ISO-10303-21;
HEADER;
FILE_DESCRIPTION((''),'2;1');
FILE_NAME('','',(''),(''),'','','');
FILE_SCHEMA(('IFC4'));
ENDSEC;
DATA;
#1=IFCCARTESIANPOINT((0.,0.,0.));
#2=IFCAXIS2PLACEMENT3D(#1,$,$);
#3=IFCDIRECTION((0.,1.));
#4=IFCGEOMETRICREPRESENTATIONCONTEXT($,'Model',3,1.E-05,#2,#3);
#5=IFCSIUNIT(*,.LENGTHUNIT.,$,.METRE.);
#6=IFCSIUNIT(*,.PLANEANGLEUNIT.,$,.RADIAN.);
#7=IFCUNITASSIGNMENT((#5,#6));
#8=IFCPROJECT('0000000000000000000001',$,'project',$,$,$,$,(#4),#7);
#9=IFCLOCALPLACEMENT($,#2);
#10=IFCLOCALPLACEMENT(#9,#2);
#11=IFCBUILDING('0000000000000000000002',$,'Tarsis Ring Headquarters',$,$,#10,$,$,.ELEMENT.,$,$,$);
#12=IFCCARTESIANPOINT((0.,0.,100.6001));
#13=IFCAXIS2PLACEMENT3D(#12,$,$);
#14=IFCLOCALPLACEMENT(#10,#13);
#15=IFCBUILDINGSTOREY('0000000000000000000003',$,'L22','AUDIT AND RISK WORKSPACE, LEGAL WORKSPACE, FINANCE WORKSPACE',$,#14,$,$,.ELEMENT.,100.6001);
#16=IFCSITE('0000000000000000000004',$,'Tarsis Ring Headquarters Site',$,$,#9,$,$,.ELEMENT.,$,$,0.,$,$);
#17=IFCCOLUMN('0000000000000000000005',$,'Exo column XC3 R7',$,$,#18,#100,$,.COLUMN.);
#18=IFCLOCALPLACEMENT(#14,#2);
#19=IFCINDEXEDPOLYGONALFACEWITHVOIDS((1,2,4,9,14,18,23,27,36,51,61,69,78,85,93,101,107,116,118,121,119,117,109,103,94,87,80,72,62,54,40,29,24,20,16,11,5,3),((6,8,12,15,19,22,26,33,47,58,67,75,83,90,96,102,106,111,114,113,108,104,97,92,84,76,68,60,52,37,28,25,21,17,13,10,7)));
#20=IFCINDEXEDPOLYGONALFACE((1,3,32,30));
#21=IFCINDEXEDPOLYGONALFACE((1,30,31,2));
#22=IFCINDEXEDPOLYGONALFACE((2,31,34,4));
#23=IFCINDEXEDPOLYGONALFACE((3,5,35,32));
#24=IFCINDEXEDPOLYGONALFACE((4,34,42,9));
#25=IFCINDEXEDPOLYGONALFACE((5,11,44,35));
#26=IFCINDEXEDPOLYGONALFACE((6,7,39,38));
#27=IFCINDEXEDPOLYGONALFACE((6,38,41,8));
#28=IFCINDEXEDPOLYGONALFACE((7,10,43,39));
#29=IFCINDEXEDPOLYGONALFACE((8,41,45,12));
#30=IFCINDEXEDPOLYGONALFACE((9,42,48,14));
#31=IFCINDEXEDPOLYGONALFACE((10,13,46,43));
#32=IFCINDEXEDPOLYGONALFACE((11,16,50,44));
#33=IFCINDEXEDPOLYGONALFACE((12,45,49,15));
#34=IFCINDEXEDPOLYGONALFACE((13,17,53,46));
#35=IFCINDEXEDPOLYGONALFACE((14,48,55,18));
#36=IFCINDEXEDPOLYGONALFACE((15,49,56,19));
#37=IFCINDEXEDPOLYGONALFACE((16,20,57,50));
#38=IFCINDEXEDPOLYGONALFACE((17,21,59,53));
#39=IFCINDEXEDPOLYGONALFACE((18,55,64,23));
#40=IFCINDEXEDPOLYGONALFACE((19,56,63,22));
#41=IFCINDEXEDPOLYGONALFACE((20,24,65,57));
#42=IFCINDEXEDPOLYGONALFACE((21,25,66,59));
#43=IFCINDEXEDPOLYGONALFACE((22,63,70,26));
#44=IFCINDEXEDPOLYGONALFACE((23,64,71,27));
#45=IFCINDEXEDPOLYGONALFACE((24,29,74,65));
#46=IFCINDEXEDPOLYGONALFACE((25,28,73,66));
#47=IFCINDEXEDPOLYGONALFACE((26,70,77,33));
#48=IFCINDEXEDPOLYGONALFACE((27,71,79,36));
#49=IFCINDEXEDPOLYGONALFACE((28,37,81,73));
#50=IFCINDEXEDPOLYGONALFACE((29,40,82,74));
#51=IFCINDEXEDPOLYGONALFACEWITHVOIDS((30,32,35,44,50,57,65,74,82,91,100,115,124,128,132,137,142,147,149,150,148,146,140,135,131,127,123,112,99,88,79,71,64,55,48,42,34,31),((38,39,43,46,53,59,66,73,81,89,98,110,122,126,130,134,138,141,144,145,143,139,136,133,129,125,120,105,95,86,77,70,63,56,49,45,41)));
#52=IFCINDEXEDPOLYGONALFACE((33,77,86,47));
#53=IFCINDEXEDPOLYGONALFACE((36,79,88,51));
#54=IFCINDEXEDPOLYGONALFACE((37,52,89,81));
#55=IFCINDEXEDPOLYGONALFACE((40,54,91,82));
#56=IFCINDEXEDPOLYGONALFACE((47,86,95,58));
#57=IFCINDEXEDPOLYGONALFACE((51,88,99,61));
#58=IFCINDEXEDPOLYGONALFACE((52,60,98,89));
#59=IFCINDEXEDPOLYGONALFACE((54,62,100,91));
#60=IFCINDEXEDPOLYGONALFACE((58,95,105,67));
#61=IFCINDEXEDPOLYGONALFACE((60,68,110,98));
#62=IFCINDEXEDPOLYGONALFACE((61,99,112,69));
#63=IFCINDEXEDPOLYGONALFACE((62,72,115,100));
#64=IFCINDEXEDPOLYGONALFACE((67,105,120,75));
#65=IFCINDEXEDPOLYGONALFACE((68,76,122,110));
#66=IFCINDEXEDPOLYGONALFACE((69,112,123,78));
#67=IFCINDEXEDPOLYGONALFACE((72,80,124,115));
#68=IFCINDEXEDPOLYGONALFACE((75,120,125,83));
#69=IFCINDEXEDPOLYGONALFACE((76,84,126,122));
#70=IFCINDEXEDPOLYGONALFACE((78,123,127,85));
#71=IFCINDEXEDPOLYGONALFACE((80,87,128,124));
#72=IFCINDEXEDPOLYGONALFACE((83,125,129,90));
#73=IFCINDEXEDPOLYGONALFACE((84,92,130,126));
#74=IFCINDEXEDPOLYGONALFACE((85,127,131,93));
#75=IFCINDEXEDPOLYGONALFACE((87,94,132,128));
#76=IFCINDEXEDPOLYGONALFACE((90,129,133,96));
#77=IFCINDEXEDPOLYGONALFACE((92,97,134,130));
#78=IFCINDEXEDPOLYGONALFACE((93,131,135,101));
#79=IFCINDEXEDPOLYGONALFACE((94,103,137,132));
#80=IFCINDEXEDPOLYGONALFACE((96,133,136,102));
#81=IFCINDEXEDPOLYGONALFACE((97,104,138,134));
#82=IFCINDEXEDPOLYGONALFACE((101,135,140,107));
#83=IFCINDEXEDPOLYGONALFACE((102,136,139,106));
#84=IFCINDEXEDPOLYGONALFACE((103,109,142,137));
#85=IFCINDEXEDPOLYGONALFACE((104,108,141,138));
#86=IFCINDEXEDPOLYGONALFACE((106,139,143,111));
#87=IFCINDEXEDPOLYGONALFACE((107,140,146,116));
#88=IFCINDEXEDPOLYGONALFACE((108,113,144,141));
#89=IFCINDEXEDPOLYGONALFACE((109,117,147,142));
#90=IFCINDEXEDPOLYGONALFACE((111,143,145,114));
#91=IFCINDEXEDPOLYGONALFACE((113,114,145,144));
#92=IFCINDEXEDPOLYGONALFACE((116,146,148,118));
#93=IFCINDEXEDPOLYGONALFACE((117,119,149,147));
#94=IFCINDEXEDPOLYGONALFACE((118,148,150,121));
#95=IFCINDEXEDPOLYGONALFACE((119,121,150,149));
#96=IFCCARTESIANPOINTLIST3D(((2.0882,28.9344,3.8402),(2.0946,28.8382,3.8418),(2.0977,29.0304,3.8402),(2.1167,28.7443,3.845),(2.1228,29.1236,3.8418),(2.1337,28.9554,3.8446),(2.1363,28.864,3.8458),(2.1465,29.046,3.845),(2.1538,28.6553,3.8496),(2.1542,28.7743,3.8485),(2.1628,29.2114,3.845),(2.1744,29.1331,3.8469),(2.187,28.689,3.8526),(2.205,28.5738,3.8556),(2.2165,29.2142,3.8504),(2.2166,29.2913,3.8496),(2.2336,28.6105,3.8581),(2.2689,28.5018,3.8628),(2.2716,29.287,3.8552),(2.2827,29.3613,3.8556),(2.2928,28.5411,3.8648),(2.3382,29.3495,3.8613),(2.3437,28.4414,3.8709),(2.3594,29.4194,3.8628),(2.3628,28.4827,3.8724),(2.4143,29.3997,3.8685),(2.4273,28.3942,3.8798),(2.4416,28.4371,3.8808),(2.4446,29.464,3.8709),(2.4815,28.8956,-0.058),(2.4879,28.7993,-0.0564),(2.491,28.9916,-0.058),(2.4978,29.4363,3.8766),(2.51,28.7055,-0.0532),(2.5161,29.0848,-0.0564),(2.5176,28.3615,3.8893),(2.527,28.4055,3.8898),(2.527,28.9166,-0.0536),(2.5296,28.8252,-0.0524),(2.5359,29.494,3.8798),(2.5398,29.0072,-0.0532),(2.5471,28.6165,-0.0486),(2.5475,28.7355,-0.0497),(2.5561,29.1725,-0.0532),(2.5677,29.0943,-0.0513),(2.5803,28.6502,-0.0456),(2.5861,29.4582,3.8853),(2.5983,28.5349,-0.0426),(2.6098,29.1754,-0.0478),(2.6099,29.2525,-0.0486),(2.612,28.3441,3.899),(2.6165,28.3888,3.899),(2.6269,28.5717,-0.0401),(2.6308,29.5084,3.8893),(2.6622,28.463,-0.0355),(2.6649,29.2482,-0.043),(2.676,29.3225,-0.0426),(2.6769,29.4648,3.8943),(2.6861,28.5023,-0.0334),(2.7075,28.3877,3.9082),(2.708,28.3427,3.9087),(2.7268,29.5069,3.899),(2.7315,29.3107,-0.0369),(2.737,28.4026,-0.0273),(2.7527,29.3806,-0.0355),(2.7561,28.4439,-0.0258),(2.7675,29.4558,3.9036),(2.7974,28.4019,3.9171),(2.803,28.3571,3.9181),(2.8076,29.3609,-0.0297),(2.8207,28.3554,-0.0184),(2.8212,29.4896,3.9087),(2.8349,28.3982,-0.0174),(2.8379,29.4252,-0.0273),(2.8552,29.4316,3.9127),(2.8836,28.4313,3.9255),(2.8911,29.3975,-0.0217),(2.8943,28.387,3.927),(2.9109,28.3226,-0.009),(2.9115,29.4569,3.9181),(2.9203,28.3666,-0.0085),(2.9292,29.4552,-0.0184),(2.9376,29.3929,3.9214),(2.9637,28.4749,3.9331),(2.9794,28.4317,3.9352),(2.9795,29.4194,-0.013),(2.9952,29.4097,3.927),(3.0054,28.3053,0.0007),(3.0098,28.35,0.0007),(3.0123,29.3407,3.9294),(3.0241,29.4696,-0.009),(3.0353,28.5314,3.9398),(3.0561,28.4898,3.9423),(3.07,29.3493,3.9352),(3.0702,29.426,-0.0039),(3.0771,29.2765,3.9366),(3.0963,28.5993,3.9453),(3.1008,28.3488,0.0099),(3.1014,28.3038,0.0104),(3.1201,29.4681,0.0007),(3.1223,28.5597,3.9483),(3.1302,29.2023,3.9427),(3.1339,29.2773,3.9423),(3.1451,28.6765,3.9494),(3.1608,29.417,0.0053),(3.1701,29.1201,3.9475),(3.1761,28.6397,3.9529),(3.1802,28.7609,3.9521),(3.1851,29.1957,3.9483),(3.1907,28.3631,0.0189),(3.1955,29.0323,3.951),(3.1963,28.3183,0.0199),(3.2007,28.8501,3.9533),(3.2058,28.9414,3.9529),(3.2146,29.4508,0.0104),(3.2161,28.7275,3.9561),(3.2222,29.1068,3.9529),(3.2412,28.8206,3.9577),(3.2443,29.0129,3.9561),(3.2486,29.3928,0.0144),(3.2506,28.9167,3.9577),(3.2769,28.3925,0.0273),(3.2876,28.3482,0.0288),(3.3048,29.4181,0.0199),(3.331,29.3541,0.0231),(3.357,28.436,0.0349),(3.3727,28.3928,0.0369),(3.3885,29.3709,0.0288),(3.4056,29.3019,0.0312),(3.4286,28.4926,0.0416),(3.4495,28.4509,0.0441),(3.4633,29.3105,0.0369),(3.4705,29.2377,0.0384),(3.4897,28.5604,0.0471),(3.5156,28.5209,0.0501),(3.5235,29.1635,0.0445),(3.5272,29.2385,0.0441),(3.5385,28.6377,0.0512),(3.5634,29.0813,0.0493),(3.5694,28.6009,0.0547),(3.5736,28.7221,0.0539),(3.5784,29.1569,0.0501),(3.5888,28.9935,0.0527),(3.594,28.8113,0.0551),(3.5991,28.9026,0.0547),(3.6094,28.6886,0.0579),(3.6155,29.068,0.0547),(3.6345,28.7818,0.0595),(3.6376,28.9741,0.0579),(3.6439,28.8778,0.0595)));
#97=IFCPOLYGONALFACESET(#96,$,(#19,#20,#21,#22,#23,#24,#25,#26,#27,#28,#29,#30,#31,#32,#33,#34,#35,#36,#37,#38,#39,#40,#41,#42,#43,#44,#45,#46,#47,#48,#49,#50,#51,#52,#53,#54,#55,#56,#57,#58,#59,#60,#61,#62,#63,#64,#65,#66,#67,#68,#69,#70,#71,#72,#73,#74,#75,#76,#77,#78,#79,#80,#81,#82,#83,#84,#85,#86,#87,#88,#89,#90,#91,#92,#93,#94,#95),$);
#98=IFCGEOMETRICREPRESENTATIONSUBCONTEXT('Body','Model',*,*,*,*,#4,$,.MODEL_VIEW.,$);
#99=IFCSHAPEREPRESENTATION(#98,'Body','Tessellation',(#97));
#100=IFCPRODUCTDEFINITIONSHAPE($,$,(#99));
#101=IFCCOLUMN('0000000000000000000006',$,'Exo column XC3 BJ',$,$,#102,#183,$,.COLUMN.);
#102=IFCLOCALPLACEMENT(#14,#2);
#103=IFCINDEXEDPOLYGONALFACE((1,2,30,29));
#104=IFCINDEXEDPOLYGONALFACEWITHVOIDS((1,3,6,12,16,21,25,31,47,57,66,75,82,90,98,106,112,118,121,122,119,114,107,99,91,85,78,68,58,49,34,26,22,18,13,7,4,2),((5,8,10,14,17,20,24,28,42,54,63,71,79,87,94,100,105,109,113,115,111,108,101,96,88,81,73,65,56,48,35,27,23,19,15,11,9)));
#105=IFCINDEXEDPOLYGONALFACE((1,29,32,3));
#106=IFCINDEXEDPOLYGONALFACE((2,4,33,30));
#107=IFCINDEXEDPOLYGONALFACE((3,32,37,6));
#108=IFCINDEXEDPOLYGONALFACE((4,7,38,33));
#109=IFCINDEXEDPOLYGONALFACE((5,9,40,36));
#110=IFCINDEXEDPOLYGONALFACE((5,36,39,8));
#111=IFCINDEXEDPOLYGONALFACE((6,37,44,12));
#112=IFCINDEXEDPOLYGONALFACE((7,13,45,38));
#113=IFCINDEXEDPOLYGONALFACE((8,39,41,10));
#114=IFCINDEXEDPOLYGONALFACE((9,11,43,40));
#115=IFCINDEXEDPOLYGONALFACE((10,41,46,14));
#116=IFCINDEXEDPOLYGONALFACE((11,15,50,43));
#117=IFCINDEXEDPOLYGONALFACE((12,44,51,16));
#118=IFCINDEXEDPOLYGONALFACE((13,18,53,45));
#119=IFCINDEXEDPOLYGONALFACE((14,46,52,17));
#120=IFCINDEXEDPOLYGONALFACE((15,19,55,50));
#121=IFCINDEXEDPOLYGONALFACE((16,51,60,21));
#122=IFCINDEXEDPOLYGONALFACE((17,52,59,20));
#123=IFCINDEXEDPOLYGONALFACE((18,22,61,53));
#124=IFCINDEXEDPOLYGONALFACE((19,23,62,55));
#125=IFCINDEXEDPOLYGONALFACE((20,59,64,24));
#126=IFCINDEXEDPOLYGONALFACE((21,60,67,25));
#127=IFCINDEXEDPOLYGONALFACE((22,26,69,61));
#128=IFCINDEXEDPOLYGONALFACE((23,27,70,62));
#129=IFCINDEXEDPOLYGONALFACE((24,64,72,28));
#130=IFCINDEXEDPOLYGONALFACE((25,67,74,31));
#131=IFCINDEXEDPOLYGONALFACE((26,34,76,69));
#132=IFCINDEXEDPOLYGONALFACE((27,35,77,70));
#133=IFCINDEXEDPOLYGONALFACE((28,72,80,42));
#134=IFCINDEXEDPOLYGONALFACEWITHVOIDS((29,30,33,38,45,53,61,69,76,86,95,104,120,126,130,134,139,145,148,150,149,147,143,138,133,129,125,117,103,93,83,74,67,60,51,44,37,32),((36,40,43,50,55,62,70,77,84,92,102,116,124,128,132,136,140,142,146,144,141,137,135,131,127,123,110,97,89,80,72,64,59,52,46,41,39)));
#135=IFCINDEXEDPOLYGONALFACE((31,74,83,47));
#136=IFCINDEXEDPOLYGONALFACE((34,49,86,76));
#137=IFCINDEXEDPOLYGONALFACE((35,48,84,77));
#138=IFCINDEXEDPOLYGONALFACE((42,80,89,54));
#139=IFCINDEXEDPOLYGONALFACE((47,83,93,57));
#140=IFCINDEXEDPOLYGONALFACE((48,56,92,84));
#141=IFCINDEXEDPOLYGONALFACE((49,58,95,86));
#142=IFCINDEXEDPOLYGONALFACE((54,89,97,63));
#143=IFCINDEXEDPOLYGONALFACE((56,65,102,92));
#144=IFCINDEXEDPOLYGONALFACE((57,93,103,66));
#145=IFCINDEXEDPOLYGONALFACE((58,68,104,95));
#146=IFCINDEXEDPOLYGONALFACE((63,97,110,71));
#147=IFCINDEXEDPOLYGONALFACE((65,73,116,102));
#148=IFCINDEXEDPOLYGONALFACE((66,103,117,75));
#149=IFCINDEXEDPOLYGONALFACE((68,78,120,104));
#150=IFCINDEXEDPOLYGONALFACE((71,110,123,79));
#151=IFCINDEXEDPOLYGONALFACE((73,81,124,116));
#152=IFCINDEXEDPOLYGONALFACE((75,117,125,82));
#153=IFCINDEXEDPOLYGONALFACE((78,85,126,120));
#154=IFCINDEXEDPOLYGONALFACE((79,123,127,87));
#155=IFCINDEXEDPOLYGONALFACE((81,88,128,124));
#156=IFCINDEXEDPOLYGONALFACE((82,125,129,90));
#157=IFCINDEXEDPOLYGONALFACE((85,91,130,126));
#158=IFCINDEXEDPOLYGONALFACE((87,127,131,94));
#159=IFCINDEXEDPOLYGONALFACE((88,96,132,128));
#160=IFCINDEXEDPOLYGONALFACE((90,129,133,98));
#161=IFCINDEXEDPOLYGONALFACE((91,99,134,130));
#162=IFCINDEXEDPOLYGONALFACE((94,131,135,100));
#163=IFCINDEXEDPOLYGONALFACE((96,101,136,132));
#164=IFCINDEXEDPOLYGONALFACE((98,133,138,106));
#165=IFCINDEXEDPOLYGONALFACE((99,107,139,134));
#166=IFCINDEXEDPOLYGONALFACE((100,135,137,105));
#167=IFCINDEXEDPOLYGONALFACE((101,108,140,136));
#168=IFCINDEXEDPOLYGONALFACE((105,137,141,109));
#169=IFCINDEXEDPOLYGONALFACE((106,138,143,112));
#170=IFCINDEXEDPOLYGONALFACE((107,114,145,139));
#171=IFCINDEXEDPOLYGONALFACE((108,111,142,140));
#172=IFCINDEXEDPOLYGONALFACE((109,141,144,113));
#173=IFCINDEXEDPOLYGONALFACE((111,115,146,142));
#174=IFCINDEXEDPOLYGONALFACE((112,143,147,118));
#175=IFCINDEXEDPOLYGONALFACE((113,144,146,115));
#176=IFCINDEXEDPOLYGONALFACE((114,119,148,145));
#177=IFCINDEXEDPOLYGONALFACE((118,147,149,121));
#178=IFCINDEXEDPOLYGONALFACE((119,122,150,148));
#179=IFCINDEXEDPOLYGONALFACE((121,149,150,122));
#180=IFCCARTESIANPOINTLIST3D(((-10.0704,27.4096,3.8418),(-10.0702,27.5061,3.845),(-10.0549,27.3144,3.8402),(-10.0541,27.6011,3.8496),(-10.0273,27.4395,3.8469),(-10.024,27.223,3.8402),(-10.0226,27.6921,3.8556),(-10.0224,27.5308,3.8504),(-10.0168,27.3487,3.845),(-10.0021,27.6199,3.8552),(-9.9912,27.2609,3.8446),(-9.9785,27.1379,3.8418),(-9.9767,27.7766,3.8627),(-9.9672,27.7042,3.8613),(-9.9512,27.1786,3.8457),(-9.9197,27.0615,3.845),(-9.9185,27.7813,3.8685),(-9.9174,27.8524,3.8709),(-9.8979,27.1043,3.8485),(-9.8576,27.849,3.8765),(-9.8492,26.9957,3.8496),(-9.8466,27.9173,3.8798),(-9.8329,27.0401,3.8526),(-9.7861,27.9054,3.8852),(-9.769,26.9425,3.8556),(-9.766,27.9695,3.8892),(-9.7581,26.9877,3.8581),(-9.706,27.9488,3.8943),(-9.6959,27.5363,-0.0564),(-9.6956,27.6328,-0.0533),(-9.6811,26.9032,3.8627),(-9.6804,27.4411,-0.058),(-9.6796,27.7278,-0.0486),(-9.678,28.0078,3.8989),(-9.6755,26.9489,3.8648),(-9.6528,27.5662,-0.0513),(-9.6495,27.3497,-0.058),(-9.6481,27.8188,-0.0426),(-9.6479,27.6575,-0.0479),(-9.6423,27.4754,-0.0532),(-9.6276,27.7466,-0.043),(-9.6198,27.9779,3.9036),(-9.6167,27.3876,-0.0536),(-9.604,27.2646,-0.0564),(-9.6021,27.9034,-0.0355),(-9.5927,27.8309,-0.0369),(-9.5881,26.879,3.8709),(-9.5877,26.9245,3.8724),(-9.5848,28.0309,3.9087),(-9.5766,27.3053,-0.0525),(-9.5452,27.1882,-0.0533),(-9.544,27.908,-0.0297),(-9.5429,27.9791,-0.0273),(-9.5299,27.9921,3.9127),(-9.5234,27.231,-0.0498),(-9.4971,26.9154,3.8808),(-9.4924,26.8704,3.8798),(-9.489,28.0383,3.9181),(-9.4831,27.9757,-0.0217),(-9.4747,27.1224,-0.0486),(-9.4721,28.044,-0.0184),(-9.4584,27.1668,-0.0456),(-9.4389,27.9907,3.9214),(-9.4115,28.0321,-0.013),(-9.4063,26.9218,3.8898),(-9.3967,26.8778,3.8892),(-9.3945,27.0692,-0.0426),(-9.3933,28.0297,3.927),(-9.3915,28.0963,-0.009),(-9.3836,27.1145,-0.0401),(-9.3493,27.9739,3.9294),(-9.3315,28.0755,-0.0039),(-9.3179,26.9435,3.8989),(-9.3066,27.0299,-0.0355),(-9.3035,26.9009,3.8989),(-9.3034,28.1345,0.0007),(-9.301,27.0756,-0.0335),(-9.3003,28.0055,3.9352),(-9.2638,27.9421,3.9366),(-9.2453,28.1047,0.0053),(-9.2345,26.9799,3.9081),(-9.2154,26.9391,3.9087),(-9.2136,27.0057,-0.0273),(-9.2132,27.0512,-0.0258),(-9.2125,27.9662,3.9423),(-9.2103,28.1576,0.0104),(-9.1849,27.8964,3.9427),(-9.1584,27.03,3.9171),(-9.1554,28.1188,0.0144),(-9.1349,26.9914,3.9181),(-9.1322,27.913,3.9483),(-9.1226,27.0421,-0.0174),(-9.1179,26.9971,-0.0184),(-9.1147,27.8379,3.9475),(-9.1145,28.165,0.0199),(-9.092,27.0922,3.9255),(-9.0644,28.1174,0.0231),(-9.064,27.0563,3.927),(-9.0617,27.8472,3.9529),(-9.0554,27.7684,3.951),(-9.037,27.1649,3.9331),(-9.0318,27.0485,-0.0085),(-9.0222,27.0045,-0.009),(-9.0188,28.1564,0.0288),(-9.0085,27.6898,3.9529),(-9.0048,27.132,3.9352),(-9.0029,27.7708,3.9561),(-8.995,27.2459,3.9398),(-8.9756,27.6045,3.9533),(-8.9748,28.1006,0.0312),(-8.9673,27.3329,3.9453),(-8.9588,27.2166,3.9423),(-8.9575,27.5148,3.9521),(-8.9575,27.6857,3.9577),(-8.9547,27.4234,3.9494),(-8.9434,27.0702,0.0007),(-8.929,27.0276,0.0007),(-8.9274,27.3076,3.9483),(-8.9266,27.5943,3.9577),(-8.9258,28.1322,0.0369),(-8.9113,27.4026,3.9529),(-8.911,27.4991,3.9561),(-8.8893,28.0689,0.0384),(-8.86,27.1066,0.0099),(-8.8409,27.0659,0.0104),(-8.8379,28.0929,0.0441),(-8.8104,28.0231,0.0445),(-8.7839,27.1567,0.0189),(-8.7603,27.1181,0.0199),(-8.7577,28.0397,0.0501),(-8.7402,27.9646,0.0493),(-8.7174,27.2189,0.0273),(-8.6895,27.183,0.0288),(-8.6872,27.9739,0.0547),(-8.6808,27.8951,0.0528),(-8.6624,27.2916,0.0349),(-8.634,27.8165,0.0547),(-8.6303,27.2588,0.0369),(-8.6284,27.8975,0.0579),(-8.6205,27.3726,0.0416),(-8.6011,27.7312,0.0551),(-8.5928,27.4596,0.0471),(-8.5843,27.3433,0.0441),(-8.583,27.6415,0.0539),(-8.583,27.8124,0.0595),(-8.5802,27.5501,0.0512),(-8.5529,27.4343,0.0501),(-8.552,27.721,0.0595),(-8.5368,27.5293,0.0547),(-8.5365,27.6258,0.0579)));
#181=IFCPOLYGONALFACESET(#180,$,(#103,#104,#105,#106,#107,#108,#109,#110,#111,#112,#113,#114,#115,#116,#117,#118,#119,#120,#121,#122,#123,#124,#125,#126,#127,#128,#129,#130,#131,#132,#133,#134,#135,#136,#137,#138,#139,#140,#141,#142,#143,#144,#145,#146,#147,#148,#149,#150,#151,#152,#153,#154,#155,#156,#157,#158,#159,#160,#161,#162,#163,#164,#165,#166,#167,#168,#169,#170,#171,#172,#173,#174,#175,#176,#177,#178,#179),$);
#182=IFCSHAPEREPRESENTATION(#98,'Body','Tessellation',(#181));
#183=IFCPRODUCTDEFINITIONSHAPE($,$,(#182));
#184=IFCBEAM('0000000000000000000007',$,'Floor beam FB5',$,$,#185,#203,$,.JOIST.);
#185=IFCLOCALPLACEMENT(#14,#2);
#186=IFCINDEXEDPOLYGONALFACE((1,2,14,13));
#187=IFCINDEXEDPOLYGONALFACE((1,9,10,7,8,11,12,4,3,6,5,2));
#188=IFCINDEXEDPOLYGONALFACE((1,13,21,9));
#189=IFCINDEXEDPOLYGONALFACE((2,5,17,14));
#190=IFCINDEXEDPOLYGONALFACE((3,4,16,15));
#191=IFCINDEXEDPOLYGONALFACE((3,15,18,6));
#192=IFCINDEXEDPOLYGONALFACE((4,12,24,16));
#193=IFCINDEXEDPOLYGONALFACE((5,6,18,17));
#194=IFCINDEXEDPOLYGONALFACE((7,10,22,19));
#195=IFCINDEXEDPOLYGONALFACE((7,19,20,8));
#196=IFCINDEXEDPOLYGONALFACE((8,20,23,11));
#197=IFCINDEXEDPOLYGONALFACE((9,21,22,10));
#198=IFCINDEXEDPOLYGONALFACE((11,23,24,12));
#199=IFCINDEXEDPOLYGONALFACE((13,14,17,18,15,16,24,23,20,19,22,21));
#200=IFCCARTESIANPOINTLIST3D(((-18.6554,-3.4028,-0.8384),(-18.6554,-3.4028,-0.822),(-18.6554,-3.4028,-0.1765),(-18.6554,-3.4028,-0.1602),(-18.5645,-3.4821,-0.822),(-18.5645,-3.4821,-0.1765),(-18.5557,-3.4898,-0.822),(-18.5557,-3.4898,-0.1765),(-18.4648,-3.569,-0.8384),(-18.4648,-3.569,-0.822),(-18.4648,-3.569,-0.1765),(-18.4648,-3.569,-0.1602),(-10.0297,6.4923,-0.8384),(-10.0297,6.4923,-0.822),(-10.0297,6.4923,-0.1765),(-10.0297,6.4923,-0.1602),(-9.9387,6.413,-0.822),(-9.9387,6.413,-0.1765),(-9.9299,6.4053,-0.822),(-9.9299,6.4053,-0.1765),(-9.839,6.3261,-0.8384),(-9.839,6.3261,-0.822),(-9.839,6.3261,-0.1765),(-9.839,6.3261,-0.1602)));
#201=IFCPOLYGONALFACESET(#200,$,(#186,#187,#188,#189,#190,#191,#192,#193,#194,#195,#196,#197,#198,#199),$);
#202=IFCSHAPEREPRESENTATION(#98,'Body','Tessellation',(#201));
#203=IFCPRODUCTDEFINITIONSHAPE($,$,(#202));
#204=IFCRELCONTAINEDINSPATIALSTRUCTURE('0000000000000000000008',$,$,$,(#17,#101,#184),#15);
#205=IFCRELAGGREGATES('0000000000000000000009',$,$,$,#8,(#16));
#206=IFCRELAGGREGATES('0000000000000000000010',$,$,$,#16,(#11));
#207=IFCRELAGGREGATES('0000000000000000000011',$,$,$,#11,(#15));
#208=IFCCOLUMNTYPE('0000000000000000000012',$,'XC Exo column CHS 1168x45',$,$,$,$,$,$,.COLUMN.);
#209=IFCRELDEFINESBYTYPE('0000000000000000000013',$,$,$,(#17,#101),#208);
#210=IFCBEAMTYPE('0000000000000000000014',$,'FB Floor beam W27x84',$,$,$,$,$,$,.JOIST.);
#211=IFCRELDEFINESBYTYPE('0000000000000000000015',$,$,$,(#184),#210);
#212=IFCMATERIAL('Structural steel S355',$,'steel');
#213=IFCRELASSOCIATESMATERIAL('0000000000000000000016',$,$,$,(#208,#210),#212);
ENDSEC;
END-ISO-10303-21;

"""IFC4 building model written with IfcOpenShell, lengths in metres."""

from ifc_helpers import new_model, si_unit, direction, frame, origin, origin_2d, place, context, subcontext, project, spatial, hollow_circle, i_section, extrude, material, material_profile, profile_set, type_object, element, save


model = new_model("IFC4")

# Units and contexts
model_context = context("Model", 3, precision=1e-05, world=origin(), true_north=direction((0.0, 1.0)))
body_context = subcontext(model_context, "Body", "Model", "MODEL_VIEW")
ifc_project = project(units=[si_unit("LENGTHUNIT", "METRE"), si_unit("PLANEANGLEUNIT", "RADIAN")], contexts=[model_context])

# Site, building, storey
site_placement = place(None, origin())
site = spatial("IfcSite", under=ifc_project, at=site_placement, Name="Tarsis Ring Headquarters Site", CompositionType="ELEMENT", RefElevation=0.0)
building_placement = place(site_placement, origin())
building = spatial("IfcBuilding", under=site, at=building_placement, Name="Tarsis Ring Headquarters", CompositionType="ELEMENT")
storey_placement = place(building_placement, frame((0.0, 0.0, 100.6001)))
storey = spatial("IfcBuildingStorey", under=building, at=storey_placement, Name="L22", Description="AUDIT AND RISK WORKSPACE, LEGAL WORKSPACE, FINANCE WORKSPACE", CompositionType="ELEMENT", Elevation=100.6001)

# Columns
ifc_material_1 = material(Name="Structural steel S355", Category="steel")
ifc_material_profile_1 = material_profile(ifc_material_1, hollow_circle(Radius=0.5842, WallThickness=0.0449, at=origin_2d()), Name="CHS 1168x45")
ifc_profile_set_1 = profile_set([ifc_material_profile_1], Name="Structural steel S355")
column_type = type_object("IfcColumnType", Name="XC Exo column CHS 1168x45", PredefinedType="COLUMN", material=ifc_profile_set_1)
for number, where, z_axis, x_axis, name in (
    (1, (3.0627, 28.8867, 0.0007), (-0.100381, 0.009907, 0.9949), (-0.098219, -0.995165, 0.0), "Exo column XC3 R7"),
    (2, (-9.1162, 27.5811, 0.0007), (-0.095583, -0.032339, 0.994896), (0.320485, -0.947253, 0.0), "Exo column XC3 BJ"),
):
    element("IfcColumn", number, at=place(storey_placement, frame(where, z_axis=z_axis, x_axis=x_axis)), inside=storey, type_object=column_type, Name=name, PredefinedType="COLUMN", context=body_context, shape_type="SweptSolid", body=[
        extrude(hollow_circle(Radius=0.5842, WallThickness=0.0449, at=origin_2d()), origin(), (0.0, 0.0, 1.0), 3.9182),
    ])

# Beam
ifc_material_profile_2 = material_profile(ifc_material_1, i_section(OverallWidth=0.2529, OverallDepth=0.6782, WebThickness=0.0117, FlangeThickness=0.0164, at=origin_2d()), Name="W27x84")
ifc_profile_set_2 = profile_set([ifc_material_profile_2], Name="Structural steel S355")
beam_type_1 = type_object("IfcBeamType", Name="FB Floor beam W27x84", PredefinedType="JOIST", material=ifc_profile_set_2)
beam_1_placement = place(storey_placement, frame((-9.9343, 6.4092, -0.4993), z_axis=(-0.657105, -0.753799, 0.0), x_axis=(0.753799, -0.657105, 0.0)))
element("IfcBeam", 3, at=beam_1_placement, inside=storey, type_object=beam_type_1, Name="Floor beam FB5", PredefinedType="JOIST", context=body_context, shape_type="SweptSolid", body=[
    extrude(i_section(OverallWidth=0.2529, OverallDepth=0.6782, WebThickness=0.0117, FlangeThickness=0.0164, at=origin_2d()), origin(), (0.0, 0.0, 1.0), 13.127),
])

save(model, "model.ifc")
